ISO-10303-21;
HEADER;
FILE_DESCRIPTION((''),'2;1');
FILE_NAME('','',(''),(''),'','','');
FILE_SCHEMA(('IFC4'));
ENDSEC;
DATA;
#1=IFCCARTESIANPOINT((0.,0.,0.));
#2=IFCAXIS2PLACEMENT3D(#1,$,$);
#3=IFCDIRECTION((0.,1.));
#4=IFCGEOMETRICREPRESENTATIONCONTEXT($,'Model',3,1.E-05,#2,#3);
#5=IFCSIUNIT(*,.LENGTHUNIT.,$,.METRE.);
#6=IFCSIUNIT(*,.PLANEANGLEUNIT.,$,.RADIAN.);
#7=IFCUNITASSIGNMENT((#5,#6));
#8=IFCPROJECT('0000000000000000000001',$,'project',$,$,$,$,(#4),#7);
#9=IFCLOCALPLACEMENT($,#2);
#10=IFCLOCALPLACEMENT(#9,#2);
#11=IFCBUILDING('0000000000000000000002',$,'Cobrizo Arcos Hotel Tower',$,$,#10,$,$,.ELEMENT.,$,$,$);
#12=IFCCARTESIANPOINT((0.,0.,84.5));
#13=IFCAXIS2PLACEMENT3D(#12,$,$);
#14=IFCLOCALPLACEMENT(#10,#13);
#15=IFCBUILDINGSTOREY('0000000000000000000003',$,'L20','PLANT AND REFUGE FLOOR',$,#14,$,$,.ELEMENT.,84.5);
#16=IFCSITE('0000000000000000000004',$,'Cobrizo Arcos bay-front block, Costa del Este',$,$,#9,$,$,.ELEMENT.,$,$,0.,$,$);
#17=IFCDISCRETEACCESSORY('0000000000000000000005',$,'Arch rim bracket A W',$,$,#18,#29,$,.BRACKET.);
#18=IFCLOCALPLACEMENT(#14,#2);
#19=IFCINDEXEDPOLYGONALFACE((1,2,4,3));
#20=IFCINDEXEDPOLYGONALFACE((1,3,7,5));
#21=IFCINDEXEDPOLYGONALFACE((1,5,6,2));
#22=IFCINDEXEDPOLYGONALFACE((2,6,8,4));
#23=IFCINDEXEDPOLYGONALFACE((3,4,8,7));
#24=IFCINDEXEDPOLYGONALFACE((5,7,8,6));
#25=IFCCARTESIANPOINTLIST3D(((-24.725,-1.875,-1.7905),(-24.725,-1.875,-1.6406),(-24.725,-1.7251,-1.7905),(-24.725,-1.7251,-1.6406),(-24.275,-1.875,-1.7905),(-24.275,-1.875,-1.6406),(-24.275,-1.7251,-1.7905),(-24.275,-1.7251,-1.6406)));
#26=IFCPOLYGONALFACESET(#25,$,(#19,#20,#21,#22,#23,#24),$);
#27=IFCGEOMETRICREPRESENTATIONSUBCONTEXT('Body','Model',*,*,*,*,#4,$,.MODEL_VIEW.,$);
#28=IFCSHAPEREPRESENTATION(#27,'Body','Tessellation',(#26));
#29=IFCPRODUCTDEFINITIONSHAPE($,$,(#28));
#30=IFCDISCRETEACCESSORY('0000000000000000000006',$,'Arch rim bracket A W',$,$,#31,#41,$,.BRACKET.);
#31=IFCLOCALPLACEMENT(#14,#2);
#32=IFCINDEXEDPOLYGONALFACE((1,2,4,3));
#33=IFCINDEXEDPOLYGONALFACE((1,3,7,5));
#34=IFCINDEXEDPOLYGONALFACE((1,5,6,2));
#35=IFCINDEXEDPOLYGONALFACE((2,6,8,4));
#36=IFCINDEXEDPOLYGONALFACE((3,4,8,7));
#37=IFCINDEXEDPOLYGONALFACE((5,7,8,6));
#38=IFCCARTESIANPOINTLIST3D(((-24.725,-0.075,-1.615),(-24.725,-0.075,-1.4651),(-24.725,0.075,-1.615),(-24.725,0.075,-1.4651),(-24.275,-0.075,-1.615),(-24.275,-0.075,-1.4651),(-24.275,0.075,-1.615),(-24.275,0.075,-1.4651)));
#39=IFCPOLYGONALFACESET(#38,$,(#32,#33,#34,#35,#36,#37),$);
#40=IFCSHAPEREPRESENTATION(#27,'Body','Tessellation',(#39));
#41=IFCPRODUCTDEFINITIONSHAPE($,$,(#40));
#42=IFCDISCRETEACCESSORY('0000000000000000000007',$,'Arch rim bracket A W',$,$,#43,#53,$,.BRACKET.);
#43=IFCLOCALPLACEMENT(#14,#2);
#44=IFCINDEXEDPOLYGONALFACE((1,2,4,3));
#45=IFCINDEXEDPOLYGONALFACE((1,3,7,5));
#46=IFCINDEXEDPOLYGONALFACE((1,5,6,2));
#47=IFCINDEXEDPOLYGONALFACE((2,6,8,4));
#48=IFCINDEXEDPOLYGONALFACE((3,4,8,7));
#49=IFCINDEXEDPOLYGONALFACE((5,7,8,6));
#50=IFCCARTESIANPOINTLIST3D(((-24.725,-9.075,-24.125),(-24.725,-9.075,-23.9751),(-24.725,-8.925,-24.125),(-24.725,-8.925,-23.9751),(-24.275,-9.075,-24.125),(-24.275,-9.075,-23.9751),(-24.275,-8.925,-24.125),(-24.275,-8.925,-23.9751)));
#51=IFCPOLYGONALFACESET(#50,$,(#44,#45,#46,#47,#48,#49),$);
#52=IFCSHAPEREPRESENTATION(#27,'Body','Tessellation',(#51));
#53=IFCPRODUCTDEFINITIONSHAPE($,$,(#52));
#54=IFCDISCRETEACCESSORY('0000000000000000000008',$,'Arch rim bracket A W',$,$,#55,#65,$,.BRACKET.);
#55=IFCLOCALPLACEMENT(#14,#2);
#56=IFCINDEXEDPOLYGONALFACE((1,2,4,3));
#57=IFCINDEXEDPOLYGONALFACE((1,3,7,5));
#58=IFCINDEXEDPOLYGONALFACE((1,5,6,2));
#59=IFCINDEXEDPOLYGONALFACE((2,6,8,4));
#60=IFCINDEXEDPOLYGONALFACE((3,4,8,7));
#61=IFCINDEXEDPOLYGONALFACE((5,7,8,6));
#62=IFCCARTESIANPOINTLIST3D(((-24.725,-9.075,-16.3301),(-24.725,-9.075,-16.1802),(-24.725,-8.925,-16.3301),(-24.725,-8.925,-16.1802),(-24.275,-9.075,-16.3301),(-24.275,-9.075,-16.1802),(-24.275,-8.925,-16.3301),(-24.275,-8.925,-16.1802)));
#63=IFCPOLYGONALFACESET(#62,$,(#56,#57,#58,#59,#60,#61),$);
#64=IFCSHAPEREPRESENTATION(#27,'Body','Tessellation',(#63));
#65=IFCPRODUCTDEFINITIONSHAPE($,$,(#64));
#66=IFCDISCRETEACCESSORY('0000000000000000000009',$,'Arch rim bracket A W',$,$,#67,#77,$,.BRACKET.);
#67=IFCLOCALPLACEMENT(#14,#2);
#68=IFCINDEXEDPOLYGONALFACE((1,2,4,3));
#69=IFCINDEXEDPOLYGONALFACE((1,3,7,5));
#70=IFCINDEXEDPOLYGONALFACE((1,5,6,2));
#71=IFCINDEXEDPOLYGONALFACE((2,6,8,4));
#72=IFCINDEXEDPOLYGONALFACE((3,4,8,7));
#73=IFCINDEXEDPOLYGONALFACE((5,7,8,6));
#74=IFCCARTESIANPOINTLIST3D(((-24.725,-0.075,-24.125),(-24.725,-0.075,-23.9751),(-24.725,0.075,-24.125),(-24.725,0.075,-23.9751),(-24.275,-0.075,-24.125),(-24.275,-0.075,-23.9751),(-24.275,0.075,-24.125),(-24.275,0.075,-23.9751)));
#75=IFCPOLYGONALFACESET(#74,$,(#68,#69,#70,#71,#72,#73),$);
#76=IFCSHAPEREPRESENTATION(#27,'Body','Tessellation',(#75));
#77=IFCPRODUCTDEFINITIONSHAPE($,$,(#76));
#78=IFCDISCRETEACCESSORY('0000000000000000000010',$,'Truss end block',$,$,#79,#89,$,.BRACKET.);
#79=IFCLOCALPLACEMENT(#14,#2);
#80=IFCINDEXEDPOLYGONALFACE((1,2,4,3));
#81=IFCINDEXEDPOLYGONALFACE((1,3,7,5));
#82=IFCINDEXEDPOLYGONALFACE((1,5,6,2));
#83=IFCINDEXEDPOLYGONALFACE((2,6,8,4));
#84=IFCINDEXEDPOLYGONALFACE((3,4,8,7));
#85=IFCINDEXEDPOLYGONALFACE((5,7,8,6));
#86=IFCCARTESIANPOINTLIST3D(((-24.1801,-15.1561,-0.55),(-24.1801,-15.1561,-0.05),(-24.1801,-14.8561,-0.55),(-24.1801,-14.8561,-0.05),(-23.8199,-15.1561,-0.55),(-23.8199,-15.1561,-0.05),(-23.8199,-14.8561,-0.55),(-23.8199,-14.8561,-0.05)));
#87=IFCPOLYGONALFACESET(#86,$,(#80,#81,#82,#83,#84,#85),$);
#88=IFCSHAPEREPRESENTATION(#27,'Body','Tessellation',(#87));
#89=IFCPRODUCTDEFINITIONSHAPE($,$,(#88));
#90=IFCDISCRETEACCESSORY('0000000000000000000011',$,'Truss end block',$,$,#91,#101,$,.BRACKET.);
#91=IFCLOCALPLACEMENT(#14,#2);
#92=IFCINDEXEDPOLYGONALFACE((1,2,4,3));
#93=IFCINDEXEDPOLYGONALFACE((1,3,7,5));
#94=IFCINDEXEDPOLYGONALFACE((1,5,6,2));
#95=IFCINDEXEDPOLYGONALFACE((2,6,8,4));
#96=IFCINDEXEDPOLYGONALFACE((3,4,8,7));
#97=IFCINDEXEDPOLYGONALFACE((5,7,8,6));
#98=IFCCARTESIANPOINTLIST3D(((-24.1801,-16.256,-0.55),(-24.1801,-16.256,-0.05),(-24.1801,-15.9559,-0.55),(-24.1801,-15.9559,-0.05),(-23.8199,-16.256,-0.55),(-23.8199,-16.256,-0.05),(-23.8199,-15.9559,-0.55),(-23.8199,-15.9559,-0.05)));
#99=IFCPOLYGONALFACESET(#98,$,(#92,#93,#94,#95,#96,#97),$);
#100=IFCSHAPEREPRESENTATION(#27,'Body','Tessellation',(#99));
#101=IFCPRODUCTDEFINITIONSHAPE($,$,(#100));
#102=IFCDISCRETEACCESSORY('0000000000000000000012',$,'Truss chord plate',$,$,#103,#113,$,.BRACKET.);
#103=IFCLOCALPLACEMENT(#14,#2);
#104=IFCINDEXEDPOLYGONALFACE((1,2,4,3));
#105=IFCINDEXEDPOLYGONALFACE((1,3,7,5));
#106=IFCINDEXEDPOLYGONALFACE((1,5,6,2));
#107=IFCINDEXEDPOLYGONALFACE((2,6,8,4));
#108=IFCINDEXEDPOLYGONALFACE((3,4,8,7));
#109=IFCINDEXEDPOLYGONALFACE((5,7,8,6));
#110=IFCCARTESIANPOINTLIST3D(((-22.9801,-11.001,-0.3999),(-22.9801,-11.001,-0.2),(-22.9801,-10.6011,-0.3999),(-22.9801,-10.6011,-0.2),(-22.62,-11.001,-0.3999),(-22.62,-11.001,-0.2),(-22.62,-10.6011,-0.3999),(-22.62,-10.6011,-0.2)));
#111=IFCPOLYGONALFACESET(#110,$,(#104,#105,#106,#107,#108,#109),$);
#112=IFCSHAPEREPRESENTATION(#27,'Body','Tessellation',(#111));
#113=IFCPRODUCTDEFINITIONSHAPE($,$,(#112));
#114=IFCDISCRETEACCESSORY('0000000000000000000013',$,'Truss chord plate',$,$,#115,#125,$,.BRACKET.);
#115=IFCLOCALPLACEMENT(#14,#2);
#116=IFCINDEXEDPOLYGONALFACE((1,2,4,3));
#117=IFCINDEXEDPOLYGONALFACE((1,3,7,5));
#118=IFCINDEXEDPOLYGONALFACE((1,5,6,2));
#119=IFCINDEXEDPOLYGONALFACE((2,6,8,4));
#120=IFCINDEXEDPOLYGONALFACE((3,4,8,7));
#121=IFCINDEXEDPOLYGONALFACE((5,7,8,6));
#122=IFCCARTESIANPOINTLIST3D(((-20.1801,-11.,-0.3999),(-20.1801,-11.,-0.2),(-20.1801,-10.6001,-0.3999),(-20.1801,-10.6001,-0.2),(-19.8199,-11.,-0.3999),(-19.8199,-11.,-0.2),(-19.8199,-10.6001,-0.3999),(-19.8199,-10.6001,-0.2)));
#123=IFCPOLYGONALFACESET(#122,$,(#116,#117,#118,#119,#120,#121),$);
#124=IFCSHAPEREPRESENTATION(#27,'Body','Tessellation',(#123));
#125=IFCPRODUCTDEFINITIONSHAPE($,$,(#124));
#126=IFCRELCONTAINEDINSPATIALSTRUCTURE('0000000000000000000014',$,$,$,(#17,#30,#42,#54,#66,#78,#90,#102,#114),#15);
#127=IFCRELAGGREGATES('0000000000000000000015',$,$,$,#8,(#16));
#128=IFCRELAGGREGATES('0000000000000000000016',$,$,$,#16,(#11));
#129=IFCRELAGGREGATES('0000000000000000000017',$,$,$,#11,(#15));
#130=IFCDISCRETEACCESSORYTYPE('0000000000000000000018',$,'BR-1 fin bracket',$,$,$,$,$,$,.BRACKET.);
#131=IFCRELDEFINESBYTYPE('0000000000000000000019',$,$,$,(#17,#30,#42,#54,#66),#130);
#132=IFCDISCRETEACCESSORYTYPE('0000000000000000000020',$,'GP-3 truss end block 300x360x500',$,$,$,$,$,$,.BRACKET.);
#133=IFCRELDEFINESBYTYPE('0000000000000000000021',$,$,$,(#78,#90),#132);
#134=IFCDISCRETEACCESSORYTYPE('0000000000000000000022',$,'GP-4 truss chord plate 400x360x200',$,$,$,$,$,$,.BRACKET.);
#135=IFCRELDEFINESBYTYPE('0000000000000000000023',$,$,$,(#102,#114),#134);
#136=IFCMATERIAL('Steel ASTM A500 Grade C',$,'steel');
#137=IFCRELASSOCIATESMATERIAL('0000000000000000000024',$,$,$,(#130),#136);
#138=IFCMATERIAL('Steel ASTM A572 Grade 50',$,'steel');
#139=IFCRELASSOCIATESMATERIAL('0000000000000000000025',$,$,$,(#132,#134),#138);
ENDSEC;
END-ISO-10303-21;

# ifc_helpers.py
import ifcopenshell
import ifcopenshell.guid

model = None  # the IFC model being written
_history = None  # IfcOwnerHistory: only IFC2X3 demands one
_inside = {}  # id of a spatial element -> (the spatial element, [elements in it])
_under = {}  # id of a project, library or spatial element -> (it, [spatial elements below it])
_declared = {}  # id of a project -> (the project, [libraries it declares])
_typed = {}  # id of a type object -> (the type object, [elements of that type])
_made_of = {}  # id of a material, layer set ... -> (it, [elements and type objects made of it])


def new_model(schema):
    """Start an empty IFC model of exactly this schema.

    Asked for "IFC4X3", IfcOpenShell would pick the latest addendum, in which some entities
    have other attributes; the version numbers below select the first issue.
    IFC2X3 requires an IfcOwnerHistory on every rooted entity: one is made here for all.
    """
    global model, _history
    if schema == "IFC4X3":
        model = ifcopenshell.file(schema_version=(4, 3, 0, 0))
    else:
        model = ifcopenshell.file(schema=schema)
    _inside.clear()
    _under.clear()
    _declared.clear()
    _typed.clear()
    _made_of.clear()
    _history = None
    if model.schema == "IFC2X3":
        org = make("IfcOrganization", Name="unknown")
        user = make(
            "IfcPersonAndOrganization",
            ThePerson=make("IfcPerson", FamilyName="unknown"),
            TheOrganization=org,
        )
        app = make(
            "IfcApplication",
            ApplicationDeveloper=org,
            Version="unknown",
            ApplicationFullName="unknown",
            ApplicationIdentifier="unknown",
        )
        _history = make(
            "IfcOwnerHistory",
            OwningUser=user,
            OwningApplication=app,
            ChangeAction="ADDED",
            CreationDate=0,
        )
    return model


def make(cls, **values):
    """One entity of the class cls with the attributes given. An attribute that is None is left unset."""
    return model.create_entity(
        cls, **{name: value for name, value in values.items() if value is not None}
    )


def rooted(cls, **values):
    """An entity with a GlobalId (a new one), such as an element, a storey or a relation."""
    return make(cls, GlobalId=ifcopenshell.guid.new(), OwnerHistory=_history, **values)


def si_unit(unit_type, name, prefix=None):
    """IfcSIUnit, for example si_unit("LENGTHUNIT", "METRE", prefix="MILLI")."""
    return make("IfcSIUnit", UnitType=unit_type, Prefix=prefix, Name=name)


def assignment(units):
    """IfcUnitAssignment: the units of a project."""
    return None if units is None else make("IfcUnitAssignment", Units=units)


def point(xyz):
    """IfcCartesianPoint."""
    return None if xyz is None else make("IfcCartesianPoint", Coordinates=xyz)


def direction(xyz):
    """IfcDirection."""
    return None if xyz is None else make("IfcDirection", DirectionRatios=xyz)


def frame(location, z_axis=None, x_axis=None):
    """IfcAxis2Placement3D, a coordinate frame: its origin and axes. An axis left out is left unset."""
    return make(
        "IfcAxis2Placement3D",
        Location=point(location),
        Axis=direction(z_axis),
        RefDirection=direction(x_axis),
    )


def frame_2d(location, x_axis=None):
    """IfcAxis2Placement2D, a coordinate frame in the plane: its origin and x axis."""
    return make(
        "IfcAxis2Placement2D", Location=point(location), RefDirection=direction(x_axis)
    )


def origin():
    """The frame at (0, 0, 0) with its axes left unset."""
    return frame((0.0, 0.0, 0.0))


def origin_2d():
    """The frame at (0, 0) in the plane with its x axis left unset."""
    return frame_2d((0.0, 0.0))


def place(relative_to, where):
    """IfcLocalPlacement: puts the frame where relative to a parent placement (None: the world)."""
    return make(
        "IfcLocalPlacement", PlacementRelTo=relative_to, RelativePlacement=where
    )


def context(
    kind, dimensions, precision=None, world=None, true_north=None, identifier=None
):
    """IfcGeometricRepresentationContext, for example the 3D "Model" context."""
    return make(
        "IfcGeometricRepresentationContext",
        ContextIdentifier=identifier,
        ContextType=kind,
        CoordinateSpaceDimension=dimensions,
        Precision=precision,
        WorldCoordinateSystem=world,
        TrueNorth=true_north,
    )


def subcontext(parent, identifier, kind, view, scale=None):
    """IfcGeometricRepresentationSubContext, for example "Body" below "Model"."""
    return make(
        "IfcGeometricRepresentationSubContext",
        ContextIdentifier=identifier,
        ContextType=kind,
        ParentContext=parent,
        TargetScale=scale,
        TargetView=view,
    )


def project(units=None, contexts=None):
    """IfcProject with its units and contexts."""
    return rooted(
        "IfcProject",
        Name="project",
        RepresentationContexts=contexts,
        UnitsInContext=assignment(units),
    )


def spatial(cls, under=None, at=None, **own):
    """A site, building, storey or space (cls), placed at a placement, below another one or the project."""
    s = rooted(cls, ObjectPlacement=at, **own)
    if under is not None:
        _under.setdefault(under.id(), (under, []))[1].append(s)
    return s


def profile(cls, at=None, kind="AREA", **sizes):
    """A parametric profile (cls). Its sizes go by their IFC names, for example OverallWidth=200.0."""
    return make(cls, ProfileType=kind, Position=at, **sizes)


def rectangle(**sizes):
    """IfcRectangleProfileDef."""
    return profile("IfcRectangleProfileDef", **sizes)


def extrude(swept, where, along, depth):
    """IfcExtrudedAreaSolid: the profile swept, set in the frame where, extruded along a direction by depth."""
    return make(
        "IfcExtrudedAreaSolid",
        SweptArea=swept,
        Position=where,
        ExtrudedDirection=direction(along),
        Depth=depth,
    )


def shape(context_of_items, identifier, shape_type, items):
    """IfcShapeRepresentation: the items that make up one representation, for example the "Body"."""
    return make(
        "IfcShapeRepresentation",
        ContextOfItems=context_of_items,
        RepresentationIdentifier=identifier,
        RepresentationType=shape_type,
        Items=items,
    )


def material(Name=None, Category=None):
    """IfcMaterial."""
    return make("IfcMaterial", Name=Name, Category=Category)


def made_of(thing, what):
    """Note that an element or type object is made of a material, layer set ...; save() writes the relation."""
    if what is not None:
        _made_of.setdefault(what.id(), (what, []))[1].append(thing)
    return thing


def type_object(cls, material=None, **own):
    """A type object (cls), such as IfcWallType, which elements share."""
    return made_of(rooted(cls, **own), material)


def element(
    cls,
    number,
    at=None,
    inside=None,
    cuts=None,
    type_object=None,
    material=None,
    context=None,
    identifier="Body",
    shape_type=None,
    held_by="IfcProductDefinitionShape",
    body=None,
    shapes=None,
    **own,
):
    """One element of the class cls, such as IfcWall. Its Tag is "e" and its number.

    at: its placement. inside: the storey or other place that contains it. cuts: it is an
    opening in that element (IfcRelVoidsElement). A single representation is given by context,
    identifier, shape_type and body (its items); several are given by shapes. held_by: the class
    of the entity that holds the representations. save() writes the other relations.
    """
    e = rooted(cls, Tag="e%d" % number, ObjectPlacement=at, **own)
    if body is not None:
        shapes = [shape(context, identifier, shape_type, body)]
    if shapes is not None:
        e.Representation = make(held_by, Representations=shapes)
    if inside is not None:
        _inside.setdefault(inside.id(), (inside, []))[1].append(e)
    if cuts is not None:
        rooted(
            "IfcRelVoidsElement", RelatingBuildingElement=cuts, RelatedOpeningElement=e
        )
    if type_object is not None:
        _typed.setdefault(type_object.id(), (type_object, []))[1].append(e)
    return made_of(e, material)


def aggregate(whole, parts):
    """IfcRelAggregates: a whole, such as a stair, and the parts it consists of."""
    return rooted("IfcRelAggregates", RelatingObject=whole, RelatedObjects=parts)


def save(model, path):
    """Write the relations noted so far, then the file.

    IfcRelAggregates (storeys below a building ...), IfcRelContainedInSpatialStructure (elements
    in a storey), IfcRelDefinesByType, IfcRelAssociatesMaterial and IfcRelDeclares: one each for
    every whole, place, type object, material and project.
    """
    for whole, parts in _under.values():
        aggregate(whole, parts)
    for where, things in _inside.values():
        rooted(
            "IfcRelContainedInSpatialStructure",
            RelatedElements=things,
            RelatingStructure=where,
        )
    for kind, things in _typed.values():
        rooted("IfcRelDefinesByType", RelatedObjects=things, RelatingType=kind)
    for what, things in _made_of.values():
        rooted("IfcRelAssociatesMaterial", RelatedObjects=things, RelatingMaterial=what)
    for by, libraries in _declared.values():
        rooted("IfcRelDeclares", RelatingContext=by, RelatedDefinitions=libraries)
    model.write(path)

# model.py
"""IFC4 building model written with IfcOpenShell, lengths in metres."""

from ifc_helpers import new_model, si_unit, direction, frame, origin, origin_2d, place, context, subcontext, project, spatial, rectangle, extrude, material, type_object, element, save


model = new_model("IFC4")

# Units and contexts
model_context = context("Model", 3, precision=1e-05, world=origin(), true_north=direction((0.0, 1.0)))
body_context = subcontext(model_context, "Body", "Model", "MODEL_VIEW")
ifc_project = project(units=[si_unit("LENGTHUNIT", "METRE"), si_unit("PLANEANGLEUNIT", "RADIAN")], contexts=[model_context])

# Site, building, storey
site_placement = place(None, origin())
site = spatial("IfcSite", under=ifc_project, at=site_placement, Name="Cobrizo Arcos bay-front block, Costa del Este", CompositionType="ELEMENT", RefElevation=0.0)
building_placement = place(site_placement, origin())
building = spatial("IfcBuilding", under=site, at=building_placement, Name="Cobrizo Arcos Hotel Tower", CompositionType="ELEMENT")
storey_placement = place(building_placement, frame((0.0, 0.0, 84.5)))
storey = spatial("IfcBuildingStorey", under=building, at=storey_placement, Name="L20", Description="PLANT AND REFUGE FLOOR", CompositionType="ELEMENT", Elevation=84.5)

# Shared definitions
ifc_material_1 = material(Name="Steel ASTM A572 Grade 50", Category="steel")

# Shared definitions
ifc_material_2 = material(Name="Steel ASTM A500 Grade C", Category="steel")

# Discrete accessories
discrete_accessory_type_1 = type_object("IfcDiscreteAccessoryType", Name="BR-1 fin bracket", PredefinedType="BRACKET", material=ifc_material_2)
for number, where, z_axis, x_axis, name in (
    (1, (-24.5, -1.8, -1.7905), (0.0, 0.0, 1.0), (1.0, 0.0, 0.0), "Arch rim bracket A W"),
    (2, (-24.5, 0.0, -1.615), (0.0, 0.0, 1.0), (1.0, 0.0, 0.0), "Arch rim bracket A W"),
    (3, (-24.5, -9.0, -24.125), (0.0, 0.0, 1.0), (1.0, 0.0, 0.0), "Arch rim bracket A W"),
    (4, (-24.5, -9.0, -16.3301), (0.0, 0.0, 1.0), (1.0, 0.0, 0.0), "Arch rim bracket A W"),
    (5, (-24.5, 0.0, -24.125), (0.0, 0.0, 1.0), (1.0, 0.0, 0.0), "Arch rim bracket A W"),
):
    element("IfcDiscreteAccessory", number, at=place(storey_placement, frame(where, z_axis=z_axis, x_axis=x_axis)), inside=storey, type_object=discrete_accessory_type_1, Name=name, PredefinedType="BRACKET", context=body_context, shape_type="SweptSolid", body=[
        extrude(rectangle(XDim=0.45, YDim=0.1499, at=origin_2d()), origin(), (0.0, 0.0, 1.0), 0.1499),
    ])
discrete_accessory_type_2 = type_object("IfcDiscreteAccessoryType", Name="GP-3 truss end block 300x360x500", PredefinedType="BRACKET", material=ifc_material_1)
for number, where, z_axis, x_axis, name in (
    (6, (-24.0, -15.0061, -0.55), (0.0, 0.0, 1.0), (0.0, 1.0, 0.0), "Truss end block"),
    (7, (-24.0, -16.106, -0.55), (0.0, 0.0, 1.0), (0.0, -1.0, 0.0), "Truss end block"),
):
    element("IfcDiscreteAccessory", number, at=place(storey_placement, frame(where, z_axis=z_axis, x_axis=x_axis)), inside=storey, type_object=discrete_accessory_type_2, Name=name, PredefinedType="BRACKET", context=body_context, shape_type="SweptSolid", body=[
        extrude(rectangle(XDim=0.3, YDim=0.3601, at=origin_2d()), origin(), (0.0, 0.0, 1.0), 0.5),
    ])
discrete_accessory_type_3 = type_object("IfcDiscreteAccessoryType", Name="GP-4 truss chord plate 400x360x200", PredefinedType="BRACKET", material=ifc_material_1)
for number, where, z_axis, x_axis, name in (
    (8, (-22.8, -10.801, -0.3999), (0.0, 0.0, 1.0), (0.0, -1.0, 0.0), "Truss chord plate"),
    (9, (-20.0, -10.8, -0.3999), (0.0, 0.0, 1.0), (0.0, -1.0, 0.0), "Truss chord plate"),
):
    element("IfcDiscreteAccessory", number, at=place(storey_placement, frame(where, z_axis=z_axis, x_axis=x_axis)), inside=storey, type_object=discrete_accessory_type_3, Name=name, PredefinedType="BRACKET", context=body_context, shape_type="SweptSolid", body=[
        extrude(rectangle(XDim=0.3999, YDim=0.3601, at=origin_2d()), origin(), (0.0, 0.0, 1.0), 0.2),
    ])

save(model, "model.ifc")
